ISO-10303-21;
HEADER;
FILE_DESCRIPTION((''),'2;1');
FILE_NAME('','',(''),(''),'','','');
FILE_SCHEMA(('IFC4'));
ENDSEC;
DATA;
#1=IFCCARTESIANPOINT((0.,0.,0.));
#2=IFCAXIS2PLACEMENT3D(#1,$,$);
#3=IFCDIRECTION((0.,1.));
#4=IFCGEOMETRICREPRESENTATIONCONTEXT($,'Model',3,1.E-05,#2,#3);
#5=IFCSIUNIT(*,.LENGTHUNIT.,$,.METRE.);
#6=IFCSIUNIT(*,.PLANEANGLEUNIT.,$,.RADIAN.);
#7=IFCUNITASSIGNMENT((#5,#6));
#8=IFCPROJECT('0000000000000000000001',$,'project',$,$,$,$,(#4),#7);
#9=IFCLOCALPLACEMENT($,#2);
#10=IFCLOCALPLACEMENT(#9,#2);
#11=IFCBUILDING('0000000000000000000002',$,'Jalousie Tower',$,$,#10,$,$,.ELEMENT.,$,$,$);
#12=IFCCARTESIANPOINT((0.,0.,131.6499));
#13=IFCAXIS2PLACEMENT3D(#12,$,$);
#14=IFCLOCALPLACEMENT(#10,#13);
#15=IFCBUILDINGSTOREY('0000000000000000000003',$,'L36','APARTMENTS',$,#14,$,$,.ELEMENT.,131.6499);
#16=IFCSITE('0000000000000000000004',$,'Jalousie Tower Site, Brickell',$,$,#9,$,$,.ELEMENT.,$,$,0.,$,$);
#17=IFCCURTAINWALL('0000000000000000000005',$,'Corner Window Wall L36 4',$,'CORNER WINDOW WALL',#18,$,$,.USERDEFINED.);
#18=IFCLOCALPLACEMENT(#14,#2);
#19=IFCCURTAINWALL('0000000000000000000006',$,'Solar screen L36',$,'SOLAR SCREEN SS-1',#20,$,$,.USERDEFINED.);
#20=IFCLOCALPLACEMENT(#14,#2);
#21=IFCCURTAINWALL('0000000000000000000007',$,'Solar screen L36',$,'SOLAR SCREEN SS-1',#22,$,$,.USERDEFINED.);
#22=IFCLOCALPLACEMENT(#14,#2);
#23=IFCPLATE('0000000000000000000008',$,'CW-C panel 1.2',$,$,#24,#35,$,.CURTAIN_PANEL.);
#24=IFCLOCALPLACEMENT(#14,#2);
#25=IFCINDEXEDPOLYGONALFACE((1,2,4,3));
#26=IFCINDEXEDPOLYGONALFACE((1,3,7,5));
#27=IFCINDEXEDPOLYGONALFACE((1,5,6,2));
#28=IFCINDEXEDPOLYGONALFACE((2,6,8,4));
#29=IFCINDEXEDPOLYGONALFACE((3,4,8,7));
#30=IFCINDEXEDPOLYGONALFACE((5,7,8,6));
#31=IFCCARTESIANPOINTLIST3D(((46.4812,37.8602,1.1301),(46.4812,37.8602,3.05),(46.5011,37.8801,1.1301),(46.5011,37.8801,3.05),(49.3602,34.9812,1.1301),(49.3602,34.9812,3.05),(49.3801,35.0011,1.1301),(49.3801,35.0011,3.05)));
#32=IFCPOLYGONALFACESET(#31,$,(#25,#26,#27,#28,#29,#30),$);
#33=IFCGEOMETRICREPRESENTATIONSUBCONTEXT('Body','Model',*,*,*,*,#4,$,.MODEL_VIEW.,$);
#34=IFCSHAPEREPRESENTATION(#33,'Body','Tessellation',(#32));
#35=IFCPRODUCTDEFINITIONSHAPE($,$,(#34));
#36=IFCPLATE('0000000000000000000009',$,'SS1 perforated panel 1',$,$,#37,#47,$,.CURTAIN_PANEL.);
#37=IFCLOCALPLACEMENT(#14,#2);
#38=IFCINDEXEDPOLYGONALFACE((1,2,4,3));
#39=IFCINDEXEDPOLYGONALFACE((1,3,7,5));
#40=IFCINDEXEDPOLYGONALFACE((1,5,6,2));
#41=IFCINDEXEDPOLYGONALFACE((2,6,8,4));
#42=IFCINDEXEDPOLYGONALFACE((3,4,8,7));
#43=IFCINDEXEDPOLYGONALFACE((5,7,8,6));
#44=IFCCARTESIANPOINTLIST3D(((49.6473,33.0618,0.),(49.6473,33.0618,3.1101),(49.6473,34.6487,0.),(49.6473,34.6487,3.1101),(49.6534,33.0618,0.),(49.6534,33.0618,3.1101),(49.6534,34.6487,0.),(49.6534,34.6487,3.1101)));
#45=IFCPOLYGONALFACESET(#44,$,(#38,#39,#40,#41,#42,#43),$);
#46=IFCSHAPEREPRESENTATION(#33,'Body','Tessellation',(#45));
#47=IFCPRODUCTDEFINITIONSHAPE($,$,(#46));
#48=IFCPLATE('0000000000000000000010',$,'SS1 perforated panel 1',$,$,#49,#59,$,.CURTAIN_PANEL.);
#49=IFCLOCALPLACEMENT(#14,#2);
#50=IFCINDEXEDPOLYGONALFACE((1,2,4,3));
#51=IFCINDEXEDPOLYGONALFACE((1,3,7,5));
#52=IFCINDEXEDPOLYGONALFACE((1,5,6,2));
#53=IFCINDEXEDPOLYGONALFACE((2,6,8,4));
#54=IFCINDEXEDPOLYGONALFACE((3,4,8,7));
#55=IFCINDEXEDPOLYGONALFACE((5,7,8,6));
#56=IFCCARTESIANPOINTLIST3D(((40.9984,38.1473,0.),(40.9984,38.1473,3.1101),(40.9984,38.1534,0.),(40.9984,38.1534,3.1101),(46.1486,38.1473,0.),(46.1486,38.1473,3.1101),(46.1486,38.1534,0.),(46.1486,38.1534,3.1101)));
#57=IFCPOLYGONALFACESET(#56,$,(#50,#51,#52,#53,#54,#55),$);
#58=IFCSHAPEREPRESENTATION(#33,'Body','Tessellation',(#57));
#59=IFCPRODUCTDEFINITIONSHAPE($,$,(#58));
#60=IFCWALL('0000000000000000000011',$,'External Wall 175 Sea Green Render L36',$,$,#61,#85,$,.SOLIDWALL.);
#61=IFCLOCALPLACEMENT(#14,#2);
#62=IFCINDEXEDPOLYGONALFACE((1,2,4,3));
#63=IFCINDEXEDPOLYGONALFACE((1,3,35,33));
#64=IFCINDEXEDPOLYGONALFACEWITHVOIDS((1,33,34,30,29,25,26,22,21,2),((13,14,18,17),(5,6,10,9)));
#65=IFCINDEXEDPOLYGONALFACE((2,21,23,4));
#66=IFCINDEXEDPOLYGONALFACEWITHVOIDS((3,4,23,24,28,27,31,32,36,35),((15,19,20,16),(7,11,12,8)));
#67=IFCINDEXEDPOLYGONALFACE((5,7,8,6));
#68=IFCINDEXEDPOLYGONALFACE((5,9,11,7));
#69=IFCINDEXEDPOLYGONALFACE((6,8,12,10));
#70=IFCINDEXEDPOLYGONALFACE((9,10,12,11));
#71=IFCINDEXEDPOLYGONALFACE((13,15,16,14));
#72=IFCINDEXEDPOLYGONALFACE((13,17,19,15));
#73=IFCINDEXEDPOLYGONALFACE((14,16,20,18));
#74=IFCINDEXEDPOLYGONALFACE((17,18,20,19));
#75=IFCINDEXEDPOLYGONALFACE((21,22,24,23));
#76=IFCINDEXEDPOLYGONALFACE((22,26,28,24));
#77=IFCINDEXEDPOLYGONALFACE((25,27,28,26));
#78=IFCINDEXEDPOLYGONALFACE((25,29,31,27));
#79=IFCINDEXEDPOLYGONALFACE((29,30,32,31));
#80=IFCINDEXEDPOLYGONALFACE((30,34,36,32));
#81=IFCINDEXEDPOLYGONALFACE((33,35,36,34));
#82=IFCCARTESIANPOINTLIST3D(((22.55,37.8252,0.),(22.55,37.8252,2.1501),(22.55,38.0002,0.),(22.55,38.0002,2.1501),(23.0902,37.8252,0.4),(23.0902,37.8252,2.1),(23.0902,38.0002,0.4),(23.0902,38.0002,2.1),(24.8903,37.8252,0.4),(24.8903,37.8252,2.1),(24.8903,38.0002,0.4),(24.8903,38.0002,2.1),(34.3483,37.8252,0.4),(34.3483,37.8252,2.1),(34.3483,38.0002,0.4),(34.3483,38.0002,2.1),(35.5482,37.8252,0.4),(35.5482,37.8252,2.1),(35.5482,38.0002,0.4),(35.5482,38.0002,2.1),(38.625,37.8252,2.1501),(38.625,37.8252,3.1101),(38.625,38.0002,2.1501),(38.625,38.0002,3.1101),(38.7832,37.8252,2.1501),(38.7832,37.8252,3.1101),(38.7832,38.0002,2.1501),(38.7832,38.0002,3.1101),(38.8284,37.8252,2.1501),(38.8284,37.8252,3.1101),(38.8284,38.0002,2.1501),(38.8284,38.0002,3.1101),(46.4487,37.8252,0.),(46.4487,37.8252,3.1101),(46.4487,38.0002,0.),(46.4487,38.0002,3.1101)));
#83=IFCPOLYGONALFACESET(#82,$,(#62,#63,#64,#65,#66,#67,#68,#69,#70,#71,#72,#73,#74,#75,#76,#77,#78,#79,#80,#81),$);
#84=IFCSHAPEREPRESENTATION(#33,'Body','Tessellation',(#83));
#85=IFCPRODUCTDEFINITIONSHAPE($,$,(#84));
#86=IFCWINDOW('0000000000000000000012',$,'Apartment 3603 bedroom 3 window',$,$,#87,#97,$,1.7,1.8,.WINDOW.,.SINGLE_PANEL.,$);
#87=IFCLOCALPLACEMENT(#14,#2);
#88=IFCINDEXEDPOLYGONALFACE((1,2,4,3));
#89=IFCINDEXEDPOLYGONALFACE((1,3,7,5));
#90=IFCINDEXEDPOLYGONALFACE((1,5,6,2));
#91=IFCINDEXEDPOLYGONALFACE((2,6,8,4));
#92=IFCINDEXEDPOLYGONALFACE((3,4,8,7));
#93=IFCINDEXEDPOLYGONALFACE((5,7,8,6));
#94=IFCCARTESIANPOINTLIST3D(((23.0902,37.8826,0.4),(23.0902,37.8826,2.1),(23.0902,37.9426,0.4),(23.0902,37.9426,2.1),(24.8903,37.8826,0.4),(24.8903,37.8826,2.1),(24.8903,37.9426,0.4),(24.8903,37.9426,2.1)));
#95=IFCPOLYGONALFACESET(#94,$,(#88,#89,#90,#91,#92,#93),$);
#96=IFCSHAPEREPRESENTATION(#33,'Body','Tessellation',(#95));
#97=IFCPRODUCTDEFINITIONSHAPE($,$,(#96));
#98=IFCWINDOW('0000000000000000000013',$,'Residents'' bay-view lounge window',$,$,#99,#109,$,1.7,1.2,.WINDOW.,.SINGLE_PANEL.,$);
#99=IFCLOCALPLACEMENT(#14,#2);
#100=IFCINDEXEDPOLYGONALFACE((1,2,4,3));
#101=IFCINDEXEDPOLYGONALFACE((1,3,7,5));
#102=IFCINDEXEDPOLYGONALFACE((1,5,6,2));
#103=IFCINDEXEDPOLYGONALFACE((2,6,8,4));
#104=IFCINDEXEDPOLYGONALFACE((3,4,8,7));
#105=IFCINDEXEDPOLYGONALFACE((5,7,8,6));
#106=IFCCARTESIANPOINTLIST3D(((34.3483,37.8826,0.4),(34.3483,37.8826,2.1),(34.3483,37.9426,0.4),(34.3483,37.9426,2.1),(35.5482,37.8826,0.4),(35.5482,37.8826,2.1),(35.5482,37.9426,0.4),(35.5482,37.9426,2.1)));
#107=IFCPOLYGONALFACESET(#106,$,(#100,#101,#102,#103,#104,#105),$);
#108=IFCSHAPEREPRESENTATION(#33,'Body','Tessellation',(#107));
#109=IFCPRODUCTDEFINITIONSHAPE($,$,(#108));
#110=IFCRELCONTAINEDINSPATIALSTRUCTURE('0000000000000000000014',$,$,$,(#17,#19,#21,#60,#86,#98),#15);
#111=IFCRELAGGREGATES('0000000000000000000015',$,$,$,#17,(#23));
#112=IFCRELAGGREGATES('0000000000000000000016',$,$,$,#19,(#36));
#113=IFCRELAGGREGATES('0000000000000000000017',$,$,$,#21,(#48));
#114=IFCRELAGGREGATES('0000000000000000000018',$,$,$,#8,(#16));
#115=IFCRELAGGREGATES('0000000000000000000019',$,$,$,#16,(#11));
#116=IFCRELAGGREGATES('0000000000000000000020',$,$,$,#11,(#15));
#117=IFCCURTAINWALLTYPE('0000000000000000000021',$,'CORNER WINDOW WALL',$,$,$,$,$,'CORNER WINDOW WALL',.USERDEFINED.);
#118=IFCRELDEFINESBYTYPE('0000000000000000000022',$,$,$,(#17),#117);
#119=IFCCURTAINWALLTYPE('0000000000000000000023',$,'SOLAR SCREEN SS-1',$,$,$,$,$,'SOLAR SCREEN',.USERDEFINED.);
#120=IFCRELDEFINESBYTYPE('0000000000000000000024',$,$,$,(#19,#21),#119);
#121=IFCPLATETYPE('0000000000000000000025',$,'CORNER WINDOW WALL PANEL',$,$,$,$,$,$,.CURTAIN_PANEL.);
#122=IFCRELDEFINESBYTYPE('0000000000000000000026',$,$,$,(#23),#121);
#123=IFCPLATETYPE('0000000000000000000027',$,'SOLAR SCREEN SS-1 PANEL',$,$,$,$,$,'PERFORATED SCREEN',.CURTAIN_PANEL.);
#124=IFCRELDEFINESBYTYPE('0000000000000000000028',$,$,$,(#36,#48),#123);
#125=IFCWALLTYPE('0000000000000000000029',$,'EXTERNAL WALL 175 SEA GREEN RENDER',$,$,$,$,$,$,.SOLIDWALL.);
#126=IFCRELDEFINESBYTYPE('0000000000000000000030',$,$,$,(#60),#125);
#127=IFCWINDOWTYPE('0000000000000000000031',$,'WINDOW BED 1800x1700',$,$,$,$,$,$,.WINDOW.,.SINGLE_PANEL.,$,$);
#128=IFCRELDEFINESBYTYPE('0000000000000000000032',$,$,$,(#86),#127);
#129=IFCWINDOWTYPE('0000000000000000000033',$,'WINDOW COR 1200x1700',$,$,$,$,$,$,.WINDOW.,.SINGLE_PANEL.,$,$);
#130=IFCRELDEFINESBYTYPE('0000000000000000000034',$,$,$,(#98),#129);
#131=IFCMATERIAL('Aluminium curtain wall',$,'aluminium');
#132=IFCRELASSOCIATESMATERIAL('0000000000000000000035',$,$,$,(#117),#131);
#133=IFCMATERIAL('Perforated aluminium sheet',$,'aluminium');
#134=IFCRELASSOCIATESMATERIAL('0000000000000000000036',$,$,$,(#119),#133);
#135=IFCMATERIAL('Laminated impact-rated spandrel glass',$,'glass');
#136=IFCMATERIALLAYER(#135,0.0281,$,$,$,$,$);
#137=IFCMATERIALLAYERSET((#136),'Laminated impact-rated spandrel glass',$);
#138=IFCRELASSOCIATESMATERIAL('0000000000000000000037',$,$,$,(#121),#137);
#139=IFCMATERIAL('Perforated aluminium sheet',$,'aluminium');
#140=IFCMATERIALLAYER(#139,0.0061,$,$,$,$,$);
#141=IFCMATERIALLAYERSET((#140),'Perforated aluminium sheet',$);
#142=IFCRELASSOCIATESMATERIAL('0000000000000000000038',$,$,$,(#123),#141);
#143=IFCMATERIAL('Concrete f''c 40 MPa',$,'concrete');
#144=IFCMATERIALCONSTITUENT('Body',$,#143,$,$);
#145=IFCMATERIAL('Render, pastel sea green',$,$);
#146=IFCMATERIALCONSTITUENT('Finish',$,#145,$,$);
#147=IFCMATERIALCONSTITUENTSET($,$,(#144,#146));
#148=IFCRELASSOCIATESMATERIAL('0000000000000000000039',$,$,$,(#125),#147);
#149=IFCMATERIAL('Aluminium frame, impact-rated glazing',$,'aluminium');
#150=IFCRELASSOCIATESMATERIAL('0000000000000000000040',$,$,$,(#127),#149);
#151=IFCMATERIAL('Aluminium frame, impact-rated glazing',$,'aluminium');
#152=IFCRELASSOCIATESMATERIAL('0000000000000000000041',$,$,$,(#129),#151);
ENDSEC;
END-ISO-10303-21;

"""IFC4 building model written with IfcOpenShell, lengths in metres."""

from ifc_helpers import new_model, si_unit, direction, frame, frame_2d, origin, origin_2d, place, context, subcontext, project, spatial, polyline, rectangle, outline, extrude, material, layer, layer_set, constituent, constituent_set, type_object, element, fill, aggregate, save


model = new_model("IFC4")

# Units and contexts
model_context = context("Model", 3, precision=1e-05, world=origin(), true_north=direction((0.0, 1.0)))
body_context = subcontext(model_context, "Body", "Model", "MODEL_VIEW")
ifc_project = project(units=[si_unit("LENGTHUNIT", "METRE"), si_unit("PLANEANGLEUNIT", "RADIAN")], contexts=[model_context])

# Site, building, storey
site_placement = place(None, origin())
site = spatial("IfcSite", under=ifc_project, at=site_placement, Name="Jalousie Tower Site, Brickell", CompositionType="ELEMENT", RefElevation=0.0)
building_placement = place(site_placement, origin())
building = spatial("IfcBuilding", under=site, at=building_placement, Name="Jalousie Tower", CompositionType="ELEMENT")
storey_placement = place(building_placement, frame((0.0, 0.0, 131.6499)))
storey = spatial("IfcBuildingStorey", under=building, at=storey_placement, Name="L36", Description="APARTMENTS", CompositionType="ELEMENT", Elevation=131.6499)

# Curtain wall
ifc_material_1 = material(Name="Aluminium curtain wall", Category="aluminium")
curtain_wall_type_1 = type_object("IfcCurtainWallType", Name="CORNER WINDOW WALL", ElementType="CORNER WINDOW WALL", PredefinedType="USERDEFINED", material=ifc_material_1)
curtain_wall_1_placement = place(storey_placement, origin())
curtain_wall_1 = element("IfcCurtainWall", 1, at=curtain_wall_1_placement, inside=storey, type_object=curtain_wall_type_1, Name="Corner Window Wall L36 4", ObjectType="CORNER WINDOW WALL", PredefinedType="USERDEFINED")

# Curtain walls
ifc_material_2 = material(Name="Perforated aluminium sheet", Category="aluminium")
curtain_wall_type_2 = type_object("IfcCurtainWallType", Name="SOLAR SCREEN SS-1", ElementType="SOLAR SCREEN", PredefinedType="USERDEFINED", material=ifc_material_2)
curtain_wall_2_placement = place(storey_placement, origin())
curtain_wall_2 = element("IfcCurtainWall", 2, at=curtain_wall_2_placement, inside=storey, type_object=curtain_wall_type_2, Name="Solar screen L36", ObjectType="SOLAR SCREEN SS-1", PredefinedType="USERDEFINED")
curtain_wall_3_placement = place(storey_placement, origin())
curtain_wall_3 = element("IfcCurtainWall", 3, at=curtain_wall_3_placement, inside=storey, type_object=curtain_wall_type_2, Name="Solar screen L36", ObjectType="SOLAR SCREEN SS-1", PredefinedType="USERDEFINED")

# Plates
ifc_material_3 = material(Name="Laminated impact-rated spandrel glass", Category="glass")
ifc_layer_1 = layer(ifc_material_3, 0.0281)
ifc_layer_set_1 = layer_set([ifc_layer_1], Name="Laminated impact-rated spandrel glass")
plate_type_1 = type_object("IfcPlateType", Name="CORNER WINDOW WALL PANEL", PredefinedType="CURTAIN_PANEL", material=ifc_layer_set_1)
plate_1_placement = place(storey_placement, frame((47.9307, 36.4307, 1.1301), z_axis=(0.0, 0.0, 1.0), x_axis=(-0.707107, 0.707107, 0.0)))
plate_1 = element("IfcPlate", 4, at=plate_1_placement, type_object=plate_type_1, Name="CW-C panel 1.2", PredefinedType="CURTAIN_PANEL", context=body_context, shape_type="SweptSolid", body=[
    extrude(rectangle(XDim=4.0715, YDim=0.0281, at=origin_2d()), origin(), (0.0, 0.0, 1.0), 1.9199),
])
aggregate(curtain_wall_1, [plate_1])
ifc_material_4 = material(Name="Perforated aluminium sheet", Category="aluminium")
ifc_layer_2 = layer(ifc_material_4, 0.0061)
ifc_layer_set_2 = layer_set([ifc_layer_2], Name="Perforated aluminium sheet")
plate_type_2 = type_object("IfcPlateType", Name="SOLAR SCREEN SS-1 PANEL", ElementType="PERFORATED SCREEN", PredefinedType="CURTAIN_PANEL", material=ifc_layer_set_2)
plate_2_placement = place(storey_placement, frame((49.6504, 33.8552, 0.0), z_axis=(0.0, 0.0, 1.0), x_axis=(0.0, 1.0, 0.0)))
plate_2 = element("IfcPlate", 5, at=plate_2_placement, type_object=plate_type_2, Name="SS1 perforated panel 1", PredefinedType="CURTAIN_PANEL", context=body_context, shape_type="SweptSolid", body=[
    extrude(rectangle(XDim=1.5869, YDim=0.0061, at=origin_2d()), origin(), (0.0, 0.0, 1.0), 3.1101),
])
aggregate(curtain_wall_2, [plate_2])
plate_3_placement = place(storey_placement, frame((43.5735, 38.1504, 0.0), z_axis=(0.0, 0.0, 1.0), x_axis=(-1.0, 0.0, 0.0)))
plate_3 = element("IfcPlate", 6, at=plate_3_placement, type_object=plate_type_2, Name="SS1 perforated panel 1", PredefinedType="CURTAIN_PANEL", context=body_context, shape_type="SweptSolid", body=[
    extrude(rectangle(XDim=5.1501, YDim=0.0061, at=origin_2d()), origin(), (0.0, 0.0, 1.0), 3.1101),
])
aggregate(curtain_wall_3, [plate_3])

# Wall, openings, windows
ifc_material_5 = material(Name="Concrete f'c 40 MPa", Category="concrete")
ifc_constituent_1 = constituent(ifc_material_5, Name="Body")
ifc_material_6 = material(Name="Render, pastel sea green")
ifc_constituent_2 = constituent(ifc_material_6, Name="Finish")
ifc_constituent_set = constituent_set(constituents=[ifc_constituent_1, ifc_constituent_2])
wall_type = type_object("IfcWallType", Name="EXTERNAL WALL 175 SEA GREEN RENDER", PredefinedType="SOLIDWALL", material=ifc_constituent_set)
wall_placement = place(storey_placement, frame((46.4487, 37.9126, 0.0), z_axis=(0.0, 0.0, 1.0), x_axis=(-1.0, 0.0, 0.0)))
wall = element("IfcWall", 7, at=wall_placement, inside=storey, type_object=wall_type, Name="External Wall 175 Sea Green Render L36", PredefinedType="SOLIDWALL", context=body_context, shape_type="SweptSolid", body=[
    extrude(outline(polyline([(0.0, 0.0), (23.8987, 0.0), (23.8987, 2.1501), (7.8237, 2.1501), (7.8237, 3.1101), (7.6655, 3.1101), (7.6655, 2.1501), (7.6204, 2.1501), (7.6204, 3.1101), (0.0, 3.1101), (0.0, 0.0)])), frame((0.0, 0.0874, 0.0), z_axis=(0.0, -1.0, 0.0), x_axis=(1.0, 0.0, 0.0)), (0.0, 0.0, 1.0), 0.175),
])
opening_1_placement = place(wall_placement, frame((10.9004, 0.0, 0.3999)))
opening_1 = element("IfcOpeningElement", 8, at=opening_1_placement, cuts=wall, PredefinedType="OPENING", context=body_context, shape_type="SweptSolid", body=[
    extrude(rectangle(XDim=1.2, YDim=1.7, at=frame_2d((0.6001, 0.8501))), frame((0.0, 0.0974, 0.0), z_axis=(0.0, -1.0, 0.0), x_axis=(1.0, 0.0, 0.0)), (0.0, 0.0, 1.0), 0.1951),
])
opening_2_placement = place(wall_placement, frame((21.5586, 0.0, 0.3999)))
opening_2 = element("IfcOpeningElement", 9, at=opening_2_placement, cuts=wall, PredefinedType="OPENING", context=body_context, shape_type="SweptSolid", body=[
    extrude(rectangle(XDim=1.8, YDim=1.7, at=frame_2d((0.8999, 0.8501))), frame((0.0, 0.0974, 0.0), z_axis=(0.0, -1.0, 0.0), x_axis=(1.0, 0.0, 0.0)), (0.0, 0.0, 1.0), 0.1951),
])
ifc_material_7 = material(Name="Aluminium frame, impact-rated glazing", Category="aluminium")
window_type_1 = type_object("IfcWindowType", Name="WINDOW BED 1800x1700", PartitioningType="SINGLE_PANEL", PredefinedType="WINDOW", material=ifc_material_7)
window_1_placement = place(opening_2_placement, origin())
window_1 = element("IfcWindow", 10, at=window_1_placement, inside=storey, type_object=window_type_1, Name="Apartment 3603 bedroom 3 window", OverallHeight=1.7, OverallWidth=1.8, PartitioningType="SINGLE_PANEL", PredefinedType="WINDOW", context=body_context, shape_type="SweptSolid", body=[
    extrude(rectangle(XDim=1.8, YDim=1.7, at=frame_2d((0.8999, 0.8501))), frame((0.0, 0.03, 0.0), z_axis=(0.0, -1.0, 0.0), x_axis=(1.0, 0.0, 0.0)), (0.0, 0.0, 1.0), 0.0601),
])
fill(opening_2, window_1)
ifc_material_8 = material(Name="Aluminium frame, impact-rated glazing", Category="aluminium")
window_type_2 = type_object("IfcWindowType", Name="WINDOW COR 1200x1700", PartitioningType="SINGLE_PANEL", PredefinedType="WINDOW", material=ifc_material_8)
window_2_placement = place(opening_1_placement, origin())
window_2 = element("IfcWindow", 11, at=window_2_placement, inside=storey, type_object=window_type_2, Name="Residents' bay-view lounge window", OverallHeight=1.7, OverallWidth=1.2, PartitioningType="SINGLE_PANEL", PredefinedType="WINDOW", context=body_context, shape_type="SweptSolid", body=[
    extrude(rectangle(XDim=1.2, YDim=1.7, at=frame_2d((0.6001, 0.8501))), frame((0.0, 0.03, 0.0), z_axis=(0.0, -1.0, 0.0), x_axis=(1.0, 0.0, 0.0)), (0.0, 0.0, 1.0), 0.0601),
])
fill(opening_1, window_2)

save(model, "model.ifc")
